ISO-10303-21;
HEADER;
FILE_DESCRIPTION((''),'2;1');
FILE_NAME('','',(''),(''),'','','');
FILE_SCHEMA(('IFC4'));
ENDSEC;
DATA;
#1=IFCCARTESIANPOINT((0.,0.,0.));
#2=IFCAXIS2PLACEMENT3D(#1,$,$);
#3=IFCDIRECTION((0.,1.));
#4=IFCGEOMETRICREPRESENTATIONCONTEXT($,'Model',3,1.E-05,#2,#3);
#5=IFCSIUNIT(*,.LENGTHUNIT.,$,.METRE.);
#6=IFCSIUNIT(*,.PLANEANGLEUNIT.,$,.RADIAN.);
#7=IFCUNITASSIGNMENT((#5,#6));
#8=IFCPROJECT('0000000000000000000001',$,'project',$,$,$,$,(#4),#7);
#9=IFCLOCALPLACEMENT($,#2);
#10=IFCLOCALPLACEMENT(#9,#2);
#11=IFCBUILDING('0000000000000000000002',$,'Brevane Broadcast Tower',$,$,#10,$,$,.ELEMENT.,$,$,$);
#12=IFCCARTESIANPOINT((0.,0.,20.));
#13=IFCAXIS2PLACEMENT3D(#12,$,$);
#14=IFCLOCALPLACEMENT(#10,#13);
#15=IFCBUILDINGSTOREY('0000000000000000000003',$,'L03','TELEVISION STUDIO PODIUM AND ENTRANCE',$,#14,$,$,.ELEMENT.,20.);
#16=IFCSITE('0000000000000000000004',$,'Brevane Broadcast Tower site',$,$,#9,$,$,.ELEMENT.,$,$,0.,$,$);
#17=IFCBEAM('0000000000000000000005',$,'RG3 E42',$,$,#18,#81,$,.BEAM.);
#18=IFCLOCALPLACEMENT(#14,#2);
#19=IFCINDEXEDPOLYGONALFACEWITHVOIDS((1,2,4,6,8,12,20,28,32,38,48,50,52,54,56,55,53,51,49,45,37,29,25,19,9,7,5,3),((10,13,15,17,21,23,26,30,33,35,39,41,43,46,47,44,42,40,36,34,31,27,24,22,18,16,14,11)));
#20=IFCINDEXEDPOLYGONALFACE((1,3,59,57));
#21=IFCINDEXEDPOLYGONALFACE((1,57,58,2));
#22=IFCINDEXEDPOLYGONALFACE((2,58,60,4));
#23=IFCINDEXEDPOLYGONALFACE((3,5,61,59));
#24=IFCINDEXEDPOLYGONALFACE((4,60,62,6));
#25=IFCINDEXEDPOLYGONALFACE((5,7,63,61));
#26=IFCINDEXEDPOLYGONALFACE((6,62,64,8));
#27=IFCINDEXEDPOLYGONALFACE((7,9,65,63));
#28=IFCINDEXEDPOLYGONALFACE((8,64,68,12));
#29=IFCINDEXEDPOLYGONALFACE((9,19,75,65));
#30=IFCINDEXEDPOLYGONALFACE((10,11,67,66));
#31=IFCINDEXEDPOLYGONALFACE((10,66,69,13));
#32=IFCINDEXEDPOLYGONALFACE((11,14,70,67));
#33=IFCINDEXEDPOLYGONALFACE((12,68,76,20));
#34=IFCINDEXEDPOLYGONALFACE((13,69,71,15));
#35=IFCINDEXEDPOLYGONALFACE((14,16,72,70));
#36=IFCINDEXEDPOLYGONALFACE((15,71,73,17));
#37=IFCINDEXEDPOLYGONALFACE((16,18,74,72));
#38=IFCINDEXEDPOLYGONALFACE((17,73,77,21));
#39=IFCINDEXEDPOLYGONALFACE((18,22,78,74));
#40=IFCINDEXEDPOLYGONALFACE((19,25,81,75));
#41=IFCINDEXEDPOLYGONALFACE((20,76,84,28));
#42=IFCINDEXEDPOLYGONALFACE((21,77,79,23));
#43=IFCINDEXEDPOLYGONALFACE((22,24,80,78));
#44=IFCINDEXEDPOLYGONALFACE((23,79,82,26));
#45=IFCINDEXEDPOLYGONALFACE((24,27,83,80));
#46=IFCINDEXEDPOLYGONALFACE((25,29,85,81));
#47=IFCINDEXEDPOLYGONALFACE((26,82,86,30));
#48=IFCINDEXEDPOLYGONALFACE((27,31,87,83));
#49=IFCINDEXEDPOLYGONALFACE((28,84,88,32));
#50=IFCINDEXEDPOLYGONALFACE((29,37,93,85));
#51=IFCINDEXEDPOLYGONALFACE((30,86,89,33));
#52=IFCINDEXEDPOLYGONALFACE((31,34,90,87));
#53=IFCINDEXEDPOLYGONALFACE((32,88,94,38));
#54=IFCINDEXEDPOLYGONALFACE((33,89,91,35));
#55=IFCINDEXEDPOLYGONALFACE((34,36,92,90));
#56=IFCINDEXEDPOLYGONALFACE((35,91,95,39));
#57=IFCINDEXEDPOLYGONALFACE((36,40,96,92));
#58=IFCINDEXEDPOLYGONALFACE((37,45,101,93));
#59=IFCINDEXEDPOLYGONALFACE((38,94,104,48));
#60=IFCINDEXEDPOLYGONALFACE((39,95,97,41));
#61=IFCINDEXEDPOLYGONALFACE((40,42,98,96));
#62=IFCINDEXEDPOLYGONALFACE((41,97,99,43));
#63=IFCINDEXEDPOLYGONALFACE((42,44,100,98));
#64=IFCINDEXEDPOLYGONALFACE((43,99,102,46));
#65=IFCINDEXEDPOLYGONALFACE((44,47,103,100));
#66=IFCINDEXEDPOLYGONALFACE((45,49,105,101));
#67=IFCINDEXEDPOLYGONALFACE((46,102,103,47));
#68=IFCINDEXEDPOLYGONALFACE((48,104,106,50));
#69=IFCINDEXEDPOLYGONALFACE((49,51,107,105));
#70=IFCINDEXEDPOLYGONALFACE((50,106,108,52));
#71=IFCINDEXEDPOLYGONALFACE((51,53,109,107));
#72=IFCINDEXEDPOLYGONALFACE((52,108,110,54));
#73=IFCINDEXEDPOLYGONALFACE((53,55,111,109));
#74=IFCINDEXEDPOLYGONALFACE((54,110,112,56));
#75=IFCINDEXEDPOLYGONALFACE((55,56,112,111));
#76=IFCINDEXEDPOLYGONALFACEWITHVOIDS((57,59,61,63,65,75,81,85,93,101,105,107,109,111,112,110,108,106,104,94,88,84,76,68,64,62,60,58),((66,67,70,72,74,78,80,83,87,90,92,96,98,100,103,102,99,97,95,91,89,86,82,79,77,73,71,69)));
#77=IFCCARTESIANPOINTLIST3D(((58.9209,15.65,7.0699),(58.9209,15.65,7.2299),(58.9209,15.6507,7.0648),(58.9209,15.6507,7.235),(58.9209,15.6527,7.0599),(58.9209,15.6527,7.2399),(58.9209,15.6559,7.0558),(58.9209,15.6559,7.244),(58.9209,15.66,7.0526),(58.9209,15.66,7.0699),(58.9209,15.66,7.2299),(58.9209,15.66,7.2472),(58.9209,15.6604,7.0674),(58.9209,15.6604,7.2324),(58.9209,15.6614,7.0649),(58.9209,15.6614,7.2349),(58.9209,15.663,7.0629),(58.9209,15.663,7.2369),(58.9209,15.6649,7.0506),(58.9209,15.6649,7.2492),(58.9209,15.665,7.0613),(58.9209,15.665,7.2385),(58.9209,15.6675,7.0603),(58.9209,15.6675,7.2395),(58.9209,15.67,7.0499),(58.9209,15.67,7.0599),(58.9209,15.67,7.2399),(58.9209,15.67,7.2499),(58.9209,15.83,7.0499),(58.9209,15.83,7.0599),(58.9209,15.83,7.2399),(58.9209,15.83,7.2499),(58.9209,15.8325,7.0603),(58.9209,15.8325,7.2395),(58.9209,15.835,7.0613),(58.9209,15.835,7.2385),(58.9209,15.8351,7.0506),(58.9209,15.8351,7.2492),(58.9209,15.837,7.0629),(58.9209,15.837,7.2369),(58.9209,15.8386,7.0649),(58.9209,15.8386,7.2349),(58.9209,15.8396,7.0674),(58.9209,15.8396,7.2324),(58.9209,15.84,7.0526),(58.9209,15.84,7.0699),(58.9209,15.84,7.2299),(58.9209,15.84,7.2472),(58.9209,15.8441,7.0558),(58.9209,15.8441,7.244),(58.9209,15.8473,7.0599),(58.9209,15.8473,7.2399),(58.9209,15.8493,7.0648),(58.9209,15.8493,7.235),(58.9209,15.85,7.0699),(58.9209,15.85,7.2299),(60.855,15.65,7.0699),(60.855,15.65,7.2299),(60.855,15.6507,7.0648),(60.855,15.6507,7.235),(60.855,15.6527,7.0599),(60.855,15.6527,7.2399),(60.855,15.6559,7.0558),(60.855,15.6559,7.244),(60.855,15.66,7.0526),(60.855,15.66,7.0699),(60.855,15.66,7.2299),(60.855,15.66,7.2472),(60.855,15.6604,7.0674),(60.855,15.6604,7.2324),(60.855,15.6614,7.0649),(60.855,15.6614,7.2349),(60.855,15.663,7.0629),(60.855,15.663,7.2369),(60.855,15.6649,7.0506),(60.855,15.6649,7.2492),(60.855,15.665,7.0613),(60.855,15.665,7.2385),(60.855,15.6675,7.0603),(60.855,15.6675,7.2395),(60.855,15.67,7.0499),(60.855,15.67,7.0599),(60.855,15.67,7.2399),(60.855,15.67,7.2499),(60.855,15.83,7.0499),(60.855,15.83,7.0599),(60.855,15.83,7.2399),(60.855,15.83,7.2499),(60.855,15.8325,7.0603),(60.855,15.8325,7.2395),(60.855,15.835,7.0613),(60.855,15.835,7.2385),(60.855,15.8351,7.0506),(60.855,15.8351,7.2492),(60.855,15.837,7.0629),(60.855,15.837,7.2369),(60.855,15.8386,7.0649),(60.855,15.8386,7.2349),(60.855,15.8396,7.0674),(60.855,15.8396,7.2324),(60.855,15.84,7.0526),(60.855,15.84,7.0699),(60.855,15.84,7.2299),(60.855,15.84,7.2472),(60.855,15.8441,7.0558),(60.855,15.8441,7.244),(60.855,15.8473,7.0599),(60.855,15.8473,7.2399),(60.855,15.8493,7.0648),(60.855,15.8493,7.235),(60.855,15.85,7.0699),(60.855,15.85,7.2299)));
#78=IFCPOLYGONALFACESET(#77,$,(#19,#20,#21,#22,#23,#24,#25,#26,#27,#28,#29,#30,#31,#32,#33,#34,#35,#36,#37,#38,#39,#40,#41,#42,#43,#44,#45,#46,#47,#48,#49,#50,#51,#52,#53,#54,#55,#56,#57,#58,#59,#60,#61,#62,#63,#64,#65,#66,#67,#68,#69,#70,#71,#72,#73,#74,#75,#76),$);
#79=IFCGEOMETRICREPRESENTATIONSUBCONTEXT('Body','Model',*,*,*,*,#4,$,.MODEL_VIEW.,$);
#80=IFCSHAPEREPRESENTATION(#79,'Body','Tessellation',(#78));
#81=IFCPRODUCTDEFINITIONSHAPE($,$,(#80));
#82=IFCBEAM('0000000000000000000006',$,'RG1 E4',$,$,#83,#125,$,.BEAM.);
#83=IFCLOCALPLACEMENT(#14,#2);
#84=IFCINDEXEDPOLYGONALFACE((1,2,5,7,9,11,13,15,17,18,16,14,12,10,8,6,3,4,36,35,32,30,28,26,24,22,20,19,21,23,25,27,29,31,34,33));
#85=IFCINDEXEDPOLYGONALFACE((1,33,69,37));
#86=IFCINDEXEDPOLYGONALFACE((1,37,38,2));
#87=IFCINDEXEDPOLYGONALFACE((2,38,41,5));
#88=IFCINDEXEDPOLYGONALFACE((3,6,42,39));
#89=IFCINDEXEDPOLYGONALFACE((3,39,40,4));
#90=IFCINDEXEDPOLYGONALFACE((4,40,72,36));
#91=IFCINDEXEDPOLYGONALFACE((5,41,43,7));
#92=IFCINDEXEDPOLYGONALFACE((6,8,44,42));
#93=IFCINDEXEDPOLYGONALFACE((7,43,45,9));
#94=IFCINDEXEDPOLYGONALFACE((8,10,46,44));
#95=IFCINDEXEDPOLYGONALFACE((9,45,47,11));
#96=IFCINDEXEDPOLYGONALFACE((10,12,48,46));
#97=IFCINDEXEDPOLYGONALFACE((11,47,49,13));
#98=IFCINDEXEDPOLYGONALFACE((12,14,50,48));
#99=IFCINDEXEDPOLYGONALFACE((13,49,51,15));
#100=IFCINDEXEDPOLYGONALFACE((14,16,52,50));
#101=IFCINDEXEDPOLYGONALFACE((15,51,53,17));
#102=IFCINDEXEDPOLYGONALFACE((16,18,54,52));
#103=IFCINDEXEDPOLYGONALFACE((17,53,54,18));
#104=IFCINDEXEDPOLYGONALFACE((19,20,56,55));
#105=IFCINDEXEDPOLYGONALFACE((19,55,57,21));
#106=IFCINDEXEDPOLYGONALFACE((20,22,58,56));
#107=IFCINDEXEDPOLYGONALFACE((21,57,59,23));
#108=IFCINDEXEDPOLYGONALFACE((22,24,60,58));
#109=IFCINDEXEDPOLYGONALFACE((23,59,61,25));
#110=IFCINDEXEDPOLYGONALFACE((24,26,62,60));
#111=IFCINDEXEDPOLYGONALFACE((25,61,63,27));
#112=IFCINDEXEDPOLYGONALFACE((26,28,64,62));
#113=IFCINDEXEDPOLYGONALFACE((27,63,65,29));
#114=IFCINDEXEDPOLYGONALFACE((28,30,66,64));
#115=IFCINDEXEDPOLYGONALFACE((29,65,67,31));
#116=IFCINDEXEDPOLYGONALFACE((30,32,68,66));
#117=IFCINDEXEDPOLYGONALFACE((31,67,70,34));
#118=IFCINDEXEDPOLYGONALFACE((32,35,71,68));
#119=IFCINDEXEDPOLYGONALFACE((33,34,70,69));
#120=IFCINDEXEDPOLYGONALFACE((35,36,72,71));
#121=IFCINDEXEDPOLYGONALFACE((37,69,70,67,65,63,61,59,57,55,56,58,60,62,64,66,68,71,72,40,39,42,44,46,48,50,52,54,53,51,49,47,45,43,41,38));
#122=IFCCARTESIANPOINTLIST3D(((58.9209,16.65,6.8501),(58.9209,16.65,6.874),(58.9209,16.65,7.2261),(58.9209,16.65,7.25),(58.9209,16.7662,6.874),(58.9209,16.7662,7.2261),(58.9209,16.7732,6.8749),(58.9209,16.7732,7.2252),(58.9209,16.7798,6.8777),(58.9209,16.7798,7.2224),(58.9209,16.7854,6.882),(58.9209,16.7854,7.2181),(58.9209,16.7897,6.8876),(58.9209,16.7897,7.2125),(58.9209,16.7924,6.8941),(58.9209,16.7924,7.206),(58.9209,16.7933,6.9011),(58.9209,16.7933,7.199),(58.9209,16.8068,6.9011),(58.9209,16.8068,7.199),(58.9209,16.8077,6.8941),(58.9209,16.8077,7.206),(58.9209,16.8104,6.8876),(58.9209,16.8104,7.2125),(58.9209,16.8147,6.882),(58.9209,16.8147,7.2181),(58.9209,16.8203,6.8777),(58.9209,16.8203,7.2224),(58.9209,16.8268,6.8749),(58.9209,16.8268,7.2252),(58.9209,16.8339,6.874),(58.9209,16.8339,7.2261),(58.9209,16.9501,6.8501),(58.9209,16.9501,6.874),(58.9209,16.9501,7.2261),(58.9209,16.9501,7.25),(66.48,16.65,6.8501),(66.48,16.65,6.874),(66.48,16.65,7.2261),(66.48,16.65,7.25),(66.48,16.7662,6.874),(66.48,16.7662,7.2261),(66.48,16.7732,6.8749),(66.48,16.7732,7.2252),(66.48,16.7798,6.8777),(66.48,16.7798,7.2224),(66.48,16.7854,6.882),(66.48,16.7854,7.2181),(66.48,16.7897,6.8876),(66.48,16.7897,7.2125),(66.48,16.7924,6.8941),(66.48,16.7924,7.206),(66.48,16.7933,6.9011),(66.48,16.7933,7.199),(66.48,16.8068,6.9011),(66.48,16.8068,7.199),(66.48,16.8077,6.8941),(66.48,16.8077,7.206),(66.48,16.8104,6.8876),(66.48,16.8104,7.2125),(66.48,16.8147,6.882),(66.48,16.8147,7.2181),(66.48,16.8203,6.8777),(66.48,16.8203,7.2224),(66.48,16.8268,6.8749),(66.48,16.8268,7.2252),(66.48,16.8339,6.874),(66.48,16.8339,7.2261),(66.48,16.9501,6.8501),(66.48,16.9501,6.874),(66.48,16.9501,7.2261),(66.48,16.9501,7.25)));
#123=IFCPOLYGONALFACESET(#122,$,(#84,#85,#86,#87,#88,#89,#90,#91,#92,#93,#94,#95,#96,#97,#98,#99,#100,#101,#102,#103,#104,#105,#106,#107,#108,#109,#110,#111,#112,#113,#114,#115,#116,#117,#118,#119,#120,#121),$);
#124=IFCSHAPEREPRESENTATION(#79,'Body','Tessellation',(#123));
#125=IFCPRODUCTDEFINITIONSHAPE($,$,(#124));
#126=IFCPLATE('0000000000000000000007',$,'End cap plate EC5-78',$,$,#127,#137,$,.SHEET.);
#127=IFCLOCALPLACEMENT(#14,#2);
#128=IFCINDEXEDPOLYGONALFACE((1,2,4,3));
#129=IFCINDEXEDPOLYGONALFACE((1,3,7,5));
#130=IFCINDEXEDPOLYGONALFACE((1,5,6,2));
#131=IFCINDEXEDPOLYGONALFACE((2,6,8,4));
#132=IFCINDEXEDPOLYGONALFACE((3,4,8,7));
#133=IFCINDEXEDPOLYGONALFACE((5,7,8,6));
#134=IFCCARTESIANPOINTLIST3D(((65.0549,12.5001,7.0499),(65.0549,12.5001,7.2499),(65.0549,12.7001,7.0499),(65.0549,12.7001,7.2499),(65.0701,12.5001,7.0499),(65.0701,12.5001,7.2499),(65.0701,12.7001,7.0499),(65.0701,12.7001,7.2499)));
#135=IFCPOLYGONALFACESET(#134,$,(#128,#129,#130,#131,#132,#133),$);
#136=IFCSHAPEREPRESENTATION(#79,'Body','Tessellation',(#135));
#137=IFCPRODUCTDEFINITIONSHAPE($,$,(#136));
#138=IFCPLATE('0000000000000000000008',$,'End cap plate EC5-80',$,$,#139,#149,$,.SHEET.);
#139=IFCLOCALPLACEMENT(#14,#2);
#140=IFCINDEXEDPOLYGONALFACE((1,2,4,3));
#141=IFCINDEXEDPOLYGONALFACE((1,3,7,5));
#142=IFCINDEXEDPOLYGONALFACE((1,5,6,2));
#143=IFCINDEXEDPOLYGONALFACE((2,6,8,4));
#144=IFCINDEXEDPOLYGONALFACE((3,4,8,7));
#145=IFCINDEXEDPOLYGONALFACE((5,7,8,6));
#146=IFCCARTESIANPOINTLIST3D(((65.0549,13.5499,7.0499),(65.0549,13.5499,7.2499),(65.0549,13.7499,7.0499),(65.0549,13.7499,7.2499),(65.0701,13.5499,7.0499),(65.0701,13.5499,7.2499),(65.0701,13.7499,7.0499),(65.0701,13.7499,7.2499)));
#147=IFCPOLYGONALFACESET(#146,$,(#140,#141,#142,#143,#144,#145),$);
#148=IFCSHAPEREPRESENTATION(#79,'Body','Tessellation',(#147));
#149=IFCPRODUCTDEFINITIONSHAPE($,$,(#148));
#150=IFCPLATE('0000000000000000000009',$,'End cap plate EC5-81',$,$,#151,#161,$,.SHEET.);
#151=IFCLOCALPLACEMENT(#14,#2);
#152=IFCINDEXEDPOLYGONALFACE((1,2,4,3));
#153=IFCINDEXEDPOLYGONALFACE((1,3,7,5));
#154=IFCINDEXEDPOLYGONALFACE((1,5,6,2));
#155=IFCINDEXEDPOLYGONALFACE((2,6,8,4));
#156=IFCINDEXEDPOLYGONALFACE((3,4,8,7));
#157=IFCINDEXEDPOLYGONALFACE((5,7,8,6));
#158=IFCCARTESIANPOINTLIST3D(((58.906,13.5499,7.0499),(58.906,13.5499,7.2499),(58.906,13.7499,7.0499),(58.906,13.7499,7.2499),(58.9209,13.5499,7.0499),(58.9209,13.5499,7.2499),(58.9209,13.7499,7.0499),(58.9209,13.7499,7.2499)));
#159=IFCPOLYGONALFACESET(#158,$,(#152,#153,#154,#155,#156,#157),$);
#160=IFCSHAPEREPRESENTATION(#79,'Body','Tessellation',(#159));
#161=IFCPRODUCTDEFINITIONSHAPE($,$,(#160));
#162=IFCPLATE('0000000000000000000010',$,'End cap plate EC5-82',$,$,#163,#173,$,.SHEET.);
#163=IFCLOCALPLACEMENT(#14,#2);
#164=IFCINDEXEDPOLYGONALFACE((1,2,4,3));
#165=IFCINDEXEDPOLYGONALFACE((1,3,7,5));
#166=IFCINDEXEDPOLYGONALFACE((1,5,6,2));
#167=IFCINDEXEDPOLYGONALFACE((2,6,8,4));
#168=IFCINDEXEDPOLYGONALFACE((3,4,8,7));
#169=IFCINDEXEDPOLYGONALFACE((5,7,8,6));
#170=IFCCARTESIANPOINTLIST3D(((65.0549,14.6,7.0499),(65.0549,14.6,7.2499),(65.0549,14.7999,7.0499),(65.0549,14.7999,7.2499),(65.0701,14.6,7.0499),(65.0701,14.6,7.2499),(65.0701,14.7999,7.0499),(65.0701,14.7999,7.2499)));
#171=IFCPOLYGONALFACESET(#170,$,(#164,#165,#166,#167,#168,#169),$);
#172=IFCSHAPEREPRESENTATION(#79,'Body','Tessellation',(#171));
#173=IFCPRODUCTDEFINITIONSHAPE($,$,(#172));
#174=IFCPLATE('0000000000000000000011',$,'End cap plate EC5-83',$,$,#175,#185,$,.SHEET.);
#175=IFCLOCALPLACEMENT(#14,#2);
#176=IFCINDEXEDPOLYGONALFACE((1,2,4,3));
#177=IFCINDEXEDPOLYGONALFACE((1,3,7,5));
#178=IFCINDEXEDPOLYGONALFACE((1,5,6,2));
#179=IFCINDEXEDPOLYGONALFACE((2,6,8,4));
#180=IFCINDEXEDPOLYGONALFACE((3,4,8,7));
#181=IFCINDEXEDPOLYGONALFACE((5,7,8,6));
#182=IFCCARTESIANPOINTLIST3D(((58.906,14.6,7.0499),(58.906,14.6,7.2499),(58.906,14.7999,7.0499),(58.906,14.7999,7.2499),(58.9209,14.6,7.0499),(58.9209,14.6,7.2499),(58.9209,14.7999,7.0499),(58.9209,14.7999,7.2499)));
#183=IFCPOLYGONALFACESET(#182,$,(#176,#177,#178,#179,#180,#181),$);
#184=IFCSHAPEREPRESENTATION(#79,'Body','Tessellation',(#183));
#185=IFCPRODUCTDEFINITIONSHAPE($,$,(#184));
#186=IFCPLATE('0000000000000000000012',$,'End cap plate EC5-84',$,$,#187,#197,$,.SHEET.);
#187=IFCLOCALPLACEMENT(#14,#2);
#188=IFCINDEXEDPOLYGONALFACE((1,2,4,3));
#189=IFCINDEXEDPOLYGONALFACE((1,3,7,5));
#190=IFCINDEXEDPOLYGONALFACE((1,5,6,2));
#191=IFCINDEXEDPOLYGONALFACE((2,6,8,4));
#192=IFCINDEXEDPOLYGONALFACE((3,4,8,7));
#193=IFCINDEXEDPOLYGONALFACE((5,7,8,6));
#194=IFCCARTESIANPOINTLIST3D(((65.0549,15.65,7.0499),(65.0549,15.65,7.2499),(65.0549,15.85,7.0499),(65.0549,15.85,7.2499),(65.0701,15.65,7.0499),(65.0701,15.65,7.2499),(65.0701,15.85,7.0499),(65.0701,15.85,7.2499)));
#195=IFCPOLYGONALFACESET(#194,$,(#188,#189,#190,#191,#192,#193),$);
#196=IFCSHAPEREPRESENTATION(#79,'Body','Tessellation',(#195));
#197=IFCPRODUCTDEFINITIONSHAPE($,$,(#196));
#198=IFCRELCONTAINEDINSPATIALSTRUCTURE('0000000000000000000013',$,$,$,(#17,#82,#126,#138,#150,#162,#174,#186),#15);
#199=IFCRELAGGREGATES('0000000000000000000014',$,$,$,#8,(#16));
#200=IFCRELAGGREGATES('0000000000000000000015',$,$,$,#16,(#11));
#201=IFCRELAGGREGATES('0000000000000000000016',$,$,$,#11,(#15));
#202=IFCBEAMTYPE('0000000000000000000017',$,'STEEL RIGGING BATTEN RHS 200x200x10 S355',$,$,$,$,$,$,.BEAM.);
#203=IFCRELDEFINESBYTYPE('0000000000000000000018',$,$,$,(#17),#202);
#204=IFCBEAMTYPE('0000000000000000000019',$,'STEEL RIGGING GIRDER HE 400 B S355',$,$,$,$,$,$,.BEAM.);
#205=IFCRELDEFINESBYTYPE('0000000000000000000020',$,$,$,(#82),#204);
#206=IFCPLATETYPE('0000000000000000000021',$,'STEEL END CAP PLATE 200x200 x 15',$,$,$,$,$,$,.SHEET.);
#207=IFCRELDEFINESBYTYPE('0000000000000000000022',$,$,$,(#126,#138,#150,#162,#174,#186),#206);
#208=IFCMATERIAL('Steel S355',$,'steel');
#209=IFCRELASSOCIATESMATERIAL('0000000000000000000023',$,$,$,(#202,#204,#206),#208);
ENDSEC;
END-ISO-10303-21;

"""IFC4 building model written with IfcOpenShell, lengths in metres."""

from ifc_helpers import new_model, si_unit, direction, frame, origin, origin_2d, place, context, subcontext, project, spatial, rectangle, hollow_rectangle, i_section, extrude, material, material_profile, profile_set, type_object, element, save


model = new_model("IFC4")

# Units and contexts
model_context = context("Model", 3, precision=1e-05, world=origin(), true_north=direction((0.0, 1.0)))
body_context = subcontext(model_context, "Body", "Model", "MODEL_VIEW")
ifc_project = project(units=[si_unit("LENGTHUNIT", "METRE"), si_unit("PLANEANGLEUNIT", "RADIAN")], contexts=[model_context])

# Site, building, storey
site_placement = place(None, origin())
site = spatial("IfcSite", under=ifc_project, at=site_placement, Name="Brevane Broadcast Tower site", CompositionType="ELEMENT", RefElevation=0.0)
building_placement = place(site_placement, origin())
building = spatial("IfcBuilding", under=site, at=building_placement, Name="Brevane Broadcast Tower", CompositionType="ELEMENT")
storey_placement = place(building_placement, frame((0.0, 0.0, 20.0)))
storey = spatial("IfcBuildingStorey", under=building, at=storey_placement, Name="L03", Description="TELEVISION STUDIO PODIUM AND ENTRANCE", CompositionType="ELEMENT", Elevation=20.0)

# Beams
ifc_material_1 = material(Name="Steel S355", Category="steel")
ifc_material_profile_1 = material_profile(ifc_material_1, hollow_rectangle(XDim=0.2, YDim=0.2, WallThickness=0.01, InnerFilletRadius=0.01, OuterFilletRadius=0.02, at=origin_2d()), Name="RHS 200x200x10")
ifc_profile_set_1 = profile_set([ifc_material_profile_1], Name="Steel S355")
beam_type_1 = type_object("IfcBeamType", Name="STEEL RIGGING BATTEN RHS 200x200x10 S355", PredefinedType="BEAM", material=ifc_profile_set_1)
beam_1_placement = place(storey_placement, frame((60.855, 15.75, 7.1499), z_axis=(-1.0, 0.0, 0.0), x_axis=(0.0, -1.0, 0.0)))
element("IfcBeam", 1, at=beam_1_placement, inside=storey, type_object=beam_type_1, Name="RG3 E42", PredefinedType="BEAM", context=body_context, shape_type="SweptSolid", body=[
    extrude(hollow_rectangle(XDim=0.2, YDim=0.2, WallThickness=0.01, InnerFilletRadius=0.01, OuterFilletRadius=0.02, at=origin_2d()), origin(), (0.0, 0.0, 1.0), 1.9341),
])
ifc_material_profile_2 = material_profile(ifc_material_1, i_section(OverallWidth=0.3, OverallDepth=0.3999, WebThickness=0.0134, FlangeThickness=0.0239, FilletRadius=0.0271, at=origin_2d()), Name="HE 400 B")
ifc_profile_set_2 = profile_set([ifc_material_profile_2], Name="Steel S355")
beam_type_2 = type_object("IfcBeamType", Name="STEEL RIGGING GIRDER HE 400 B S355", PredefinedType="BEAM", material=ifc_profile_set_2)
beam_2_placement = place(storey_placement, frame((66.48, 16.8, 7.05), z_axis=(-1.0, 0.0, 0.0), x_axis=(0.0, -1.0, 0.0)))
element("IfcBeam", 2, at=beam_2_placement, inside=storey, type_object=beam_type_2, Name="RG1 E4", PredefinedType="BEAM", context=body_context, shape_type="SweptSolid", body=[
    extrude(i_section(OverallWidth=0.3, OverallDepth=0.3999, WebThickness=0.0134, FlangeThickness=0.0239, FilletRadius=0.0271, at=origin_2d()), origin(), (0.0, 0.0, 1.0), 7.5591),
])

# Plates
ifc_material_profile_3 = material_profile(ifc_material_1, rectangle(XDim=0.2, YDim=0.2, at=origin_2d()), Name="PL 200x200 x 15")
ifc_profile_set_3 = profile_set([ifc_material_profile_3], Name="Steel S355")
plate_type_1 = type_object("IfcPlateType", Name="STEEL END CAP PLATE 200x200 x 15", PredefinedType="SHEET", material=ifc_profile_set_3)
for number, where, z_axis, x_axis, name in (
    (3, (65.0701, 12.6001, 7.1499), (-1.0, 0.0, 0.0), (0.0, -1.0, 0.0), "End cap plate EC5-78"),
    (4, (65.0701, 13.6499, 7.1499), (-1.0, 0.0, 0.0), (0.0, -1.0, 0.0), "End cap plate EC5-80"),
):
    element("IfcPlate", number, at=place(storey_placement, frame(where, z_axis=z_axis, x_axis=x_axis)), inside=storey, type_object=plate_type_1, Name=name, PredefinedType="SHEET", context=body_context, shape_type="SweptSolid", body=[
        extrude(rectangle(XDim=0.2, YDim=0.2, at=origin_2d()), origin(), (0.0, 0.0, 1.0), 0.0151),
    ])
plate_1_placement = place(storey_placement, frame((58.9209, 13.6499, 7.1499), z_axis=(-1.0, 0.0, 0.0), x_axis=(0.0, -1.0, 0.0)))
element("IfcPlate", 5, at=plate_1_placement, inside=storey, type_object=plate_type_1, Name="End cap plate EC5-81", PredefinedType="SHEET", context=body_context, shape_type="SweptSolid", body=[
    extrude(rectangle(XDim=0.2, YDim=0.2, at=origin_2d()), origin(), (0.0, 0.0, 1.0), 0.0149),
])
plate_2_placement = place(storey_placement, frame((65.0701, 14.7, 7.1499), z_axis=(-1.0, 0.0, 0.0), x_axis=(0.0, -1.0, 0.0)))
element("IfcPlate", 6, at=plate_2_placement, inside=storey, type_object=plate_type_1, Name="End cap plate EC5-82", PredefinedType="SHEET", context=body_context, shape_type="SweptSolid", body=[
    extrude(rectangle(XDim=0.2, YDim=0.2, at=origin_2d()), origin(), (0.0, 0.0, 1.0), 0.0151),
])
plate_3_placement = place(storey_placement, frame((58.9209, 14.7, 7.1499), z_axis=(-1.0, 0.0, 0.0), x_axis=(0.0, -1.0, 0.0)))
element("IfcPlate", 7, at=plate_3_placement, inside=storey, type_object=plate_type_1, Name="End cap plate EC5-83", PredefinedType="SHEET", context=body_context, shape_type="SweptSolid", body=[
    extrude(rectangle(XDim=0.2, YDim=0.2, at=origin_2d()), origin(), (0.0, 0.0, 1.0), 0.0149),
])
plate_4_placement = place(storey_placement, frame((65.0701, 15.75, 7.1499), z_axis=(-1.0, 0.0, 0.0), x_axis=(0.0, -1.0, 0.0)))
element("IfcPlate", 8, at=plate_4_placement, inside=storey, type_object=plate_type_1, Name="End cap plate EC5-84", PredefinedType="SHEET", context=body_context, shape_type="SweptSolid", body=[
    extrude(rectangle(XDim=0.2, YDim=0.2, at=origin_2d()), origin(), (0.0, 0.0, 1.0), 0.0151),
])

save(model, "model.ifc")
